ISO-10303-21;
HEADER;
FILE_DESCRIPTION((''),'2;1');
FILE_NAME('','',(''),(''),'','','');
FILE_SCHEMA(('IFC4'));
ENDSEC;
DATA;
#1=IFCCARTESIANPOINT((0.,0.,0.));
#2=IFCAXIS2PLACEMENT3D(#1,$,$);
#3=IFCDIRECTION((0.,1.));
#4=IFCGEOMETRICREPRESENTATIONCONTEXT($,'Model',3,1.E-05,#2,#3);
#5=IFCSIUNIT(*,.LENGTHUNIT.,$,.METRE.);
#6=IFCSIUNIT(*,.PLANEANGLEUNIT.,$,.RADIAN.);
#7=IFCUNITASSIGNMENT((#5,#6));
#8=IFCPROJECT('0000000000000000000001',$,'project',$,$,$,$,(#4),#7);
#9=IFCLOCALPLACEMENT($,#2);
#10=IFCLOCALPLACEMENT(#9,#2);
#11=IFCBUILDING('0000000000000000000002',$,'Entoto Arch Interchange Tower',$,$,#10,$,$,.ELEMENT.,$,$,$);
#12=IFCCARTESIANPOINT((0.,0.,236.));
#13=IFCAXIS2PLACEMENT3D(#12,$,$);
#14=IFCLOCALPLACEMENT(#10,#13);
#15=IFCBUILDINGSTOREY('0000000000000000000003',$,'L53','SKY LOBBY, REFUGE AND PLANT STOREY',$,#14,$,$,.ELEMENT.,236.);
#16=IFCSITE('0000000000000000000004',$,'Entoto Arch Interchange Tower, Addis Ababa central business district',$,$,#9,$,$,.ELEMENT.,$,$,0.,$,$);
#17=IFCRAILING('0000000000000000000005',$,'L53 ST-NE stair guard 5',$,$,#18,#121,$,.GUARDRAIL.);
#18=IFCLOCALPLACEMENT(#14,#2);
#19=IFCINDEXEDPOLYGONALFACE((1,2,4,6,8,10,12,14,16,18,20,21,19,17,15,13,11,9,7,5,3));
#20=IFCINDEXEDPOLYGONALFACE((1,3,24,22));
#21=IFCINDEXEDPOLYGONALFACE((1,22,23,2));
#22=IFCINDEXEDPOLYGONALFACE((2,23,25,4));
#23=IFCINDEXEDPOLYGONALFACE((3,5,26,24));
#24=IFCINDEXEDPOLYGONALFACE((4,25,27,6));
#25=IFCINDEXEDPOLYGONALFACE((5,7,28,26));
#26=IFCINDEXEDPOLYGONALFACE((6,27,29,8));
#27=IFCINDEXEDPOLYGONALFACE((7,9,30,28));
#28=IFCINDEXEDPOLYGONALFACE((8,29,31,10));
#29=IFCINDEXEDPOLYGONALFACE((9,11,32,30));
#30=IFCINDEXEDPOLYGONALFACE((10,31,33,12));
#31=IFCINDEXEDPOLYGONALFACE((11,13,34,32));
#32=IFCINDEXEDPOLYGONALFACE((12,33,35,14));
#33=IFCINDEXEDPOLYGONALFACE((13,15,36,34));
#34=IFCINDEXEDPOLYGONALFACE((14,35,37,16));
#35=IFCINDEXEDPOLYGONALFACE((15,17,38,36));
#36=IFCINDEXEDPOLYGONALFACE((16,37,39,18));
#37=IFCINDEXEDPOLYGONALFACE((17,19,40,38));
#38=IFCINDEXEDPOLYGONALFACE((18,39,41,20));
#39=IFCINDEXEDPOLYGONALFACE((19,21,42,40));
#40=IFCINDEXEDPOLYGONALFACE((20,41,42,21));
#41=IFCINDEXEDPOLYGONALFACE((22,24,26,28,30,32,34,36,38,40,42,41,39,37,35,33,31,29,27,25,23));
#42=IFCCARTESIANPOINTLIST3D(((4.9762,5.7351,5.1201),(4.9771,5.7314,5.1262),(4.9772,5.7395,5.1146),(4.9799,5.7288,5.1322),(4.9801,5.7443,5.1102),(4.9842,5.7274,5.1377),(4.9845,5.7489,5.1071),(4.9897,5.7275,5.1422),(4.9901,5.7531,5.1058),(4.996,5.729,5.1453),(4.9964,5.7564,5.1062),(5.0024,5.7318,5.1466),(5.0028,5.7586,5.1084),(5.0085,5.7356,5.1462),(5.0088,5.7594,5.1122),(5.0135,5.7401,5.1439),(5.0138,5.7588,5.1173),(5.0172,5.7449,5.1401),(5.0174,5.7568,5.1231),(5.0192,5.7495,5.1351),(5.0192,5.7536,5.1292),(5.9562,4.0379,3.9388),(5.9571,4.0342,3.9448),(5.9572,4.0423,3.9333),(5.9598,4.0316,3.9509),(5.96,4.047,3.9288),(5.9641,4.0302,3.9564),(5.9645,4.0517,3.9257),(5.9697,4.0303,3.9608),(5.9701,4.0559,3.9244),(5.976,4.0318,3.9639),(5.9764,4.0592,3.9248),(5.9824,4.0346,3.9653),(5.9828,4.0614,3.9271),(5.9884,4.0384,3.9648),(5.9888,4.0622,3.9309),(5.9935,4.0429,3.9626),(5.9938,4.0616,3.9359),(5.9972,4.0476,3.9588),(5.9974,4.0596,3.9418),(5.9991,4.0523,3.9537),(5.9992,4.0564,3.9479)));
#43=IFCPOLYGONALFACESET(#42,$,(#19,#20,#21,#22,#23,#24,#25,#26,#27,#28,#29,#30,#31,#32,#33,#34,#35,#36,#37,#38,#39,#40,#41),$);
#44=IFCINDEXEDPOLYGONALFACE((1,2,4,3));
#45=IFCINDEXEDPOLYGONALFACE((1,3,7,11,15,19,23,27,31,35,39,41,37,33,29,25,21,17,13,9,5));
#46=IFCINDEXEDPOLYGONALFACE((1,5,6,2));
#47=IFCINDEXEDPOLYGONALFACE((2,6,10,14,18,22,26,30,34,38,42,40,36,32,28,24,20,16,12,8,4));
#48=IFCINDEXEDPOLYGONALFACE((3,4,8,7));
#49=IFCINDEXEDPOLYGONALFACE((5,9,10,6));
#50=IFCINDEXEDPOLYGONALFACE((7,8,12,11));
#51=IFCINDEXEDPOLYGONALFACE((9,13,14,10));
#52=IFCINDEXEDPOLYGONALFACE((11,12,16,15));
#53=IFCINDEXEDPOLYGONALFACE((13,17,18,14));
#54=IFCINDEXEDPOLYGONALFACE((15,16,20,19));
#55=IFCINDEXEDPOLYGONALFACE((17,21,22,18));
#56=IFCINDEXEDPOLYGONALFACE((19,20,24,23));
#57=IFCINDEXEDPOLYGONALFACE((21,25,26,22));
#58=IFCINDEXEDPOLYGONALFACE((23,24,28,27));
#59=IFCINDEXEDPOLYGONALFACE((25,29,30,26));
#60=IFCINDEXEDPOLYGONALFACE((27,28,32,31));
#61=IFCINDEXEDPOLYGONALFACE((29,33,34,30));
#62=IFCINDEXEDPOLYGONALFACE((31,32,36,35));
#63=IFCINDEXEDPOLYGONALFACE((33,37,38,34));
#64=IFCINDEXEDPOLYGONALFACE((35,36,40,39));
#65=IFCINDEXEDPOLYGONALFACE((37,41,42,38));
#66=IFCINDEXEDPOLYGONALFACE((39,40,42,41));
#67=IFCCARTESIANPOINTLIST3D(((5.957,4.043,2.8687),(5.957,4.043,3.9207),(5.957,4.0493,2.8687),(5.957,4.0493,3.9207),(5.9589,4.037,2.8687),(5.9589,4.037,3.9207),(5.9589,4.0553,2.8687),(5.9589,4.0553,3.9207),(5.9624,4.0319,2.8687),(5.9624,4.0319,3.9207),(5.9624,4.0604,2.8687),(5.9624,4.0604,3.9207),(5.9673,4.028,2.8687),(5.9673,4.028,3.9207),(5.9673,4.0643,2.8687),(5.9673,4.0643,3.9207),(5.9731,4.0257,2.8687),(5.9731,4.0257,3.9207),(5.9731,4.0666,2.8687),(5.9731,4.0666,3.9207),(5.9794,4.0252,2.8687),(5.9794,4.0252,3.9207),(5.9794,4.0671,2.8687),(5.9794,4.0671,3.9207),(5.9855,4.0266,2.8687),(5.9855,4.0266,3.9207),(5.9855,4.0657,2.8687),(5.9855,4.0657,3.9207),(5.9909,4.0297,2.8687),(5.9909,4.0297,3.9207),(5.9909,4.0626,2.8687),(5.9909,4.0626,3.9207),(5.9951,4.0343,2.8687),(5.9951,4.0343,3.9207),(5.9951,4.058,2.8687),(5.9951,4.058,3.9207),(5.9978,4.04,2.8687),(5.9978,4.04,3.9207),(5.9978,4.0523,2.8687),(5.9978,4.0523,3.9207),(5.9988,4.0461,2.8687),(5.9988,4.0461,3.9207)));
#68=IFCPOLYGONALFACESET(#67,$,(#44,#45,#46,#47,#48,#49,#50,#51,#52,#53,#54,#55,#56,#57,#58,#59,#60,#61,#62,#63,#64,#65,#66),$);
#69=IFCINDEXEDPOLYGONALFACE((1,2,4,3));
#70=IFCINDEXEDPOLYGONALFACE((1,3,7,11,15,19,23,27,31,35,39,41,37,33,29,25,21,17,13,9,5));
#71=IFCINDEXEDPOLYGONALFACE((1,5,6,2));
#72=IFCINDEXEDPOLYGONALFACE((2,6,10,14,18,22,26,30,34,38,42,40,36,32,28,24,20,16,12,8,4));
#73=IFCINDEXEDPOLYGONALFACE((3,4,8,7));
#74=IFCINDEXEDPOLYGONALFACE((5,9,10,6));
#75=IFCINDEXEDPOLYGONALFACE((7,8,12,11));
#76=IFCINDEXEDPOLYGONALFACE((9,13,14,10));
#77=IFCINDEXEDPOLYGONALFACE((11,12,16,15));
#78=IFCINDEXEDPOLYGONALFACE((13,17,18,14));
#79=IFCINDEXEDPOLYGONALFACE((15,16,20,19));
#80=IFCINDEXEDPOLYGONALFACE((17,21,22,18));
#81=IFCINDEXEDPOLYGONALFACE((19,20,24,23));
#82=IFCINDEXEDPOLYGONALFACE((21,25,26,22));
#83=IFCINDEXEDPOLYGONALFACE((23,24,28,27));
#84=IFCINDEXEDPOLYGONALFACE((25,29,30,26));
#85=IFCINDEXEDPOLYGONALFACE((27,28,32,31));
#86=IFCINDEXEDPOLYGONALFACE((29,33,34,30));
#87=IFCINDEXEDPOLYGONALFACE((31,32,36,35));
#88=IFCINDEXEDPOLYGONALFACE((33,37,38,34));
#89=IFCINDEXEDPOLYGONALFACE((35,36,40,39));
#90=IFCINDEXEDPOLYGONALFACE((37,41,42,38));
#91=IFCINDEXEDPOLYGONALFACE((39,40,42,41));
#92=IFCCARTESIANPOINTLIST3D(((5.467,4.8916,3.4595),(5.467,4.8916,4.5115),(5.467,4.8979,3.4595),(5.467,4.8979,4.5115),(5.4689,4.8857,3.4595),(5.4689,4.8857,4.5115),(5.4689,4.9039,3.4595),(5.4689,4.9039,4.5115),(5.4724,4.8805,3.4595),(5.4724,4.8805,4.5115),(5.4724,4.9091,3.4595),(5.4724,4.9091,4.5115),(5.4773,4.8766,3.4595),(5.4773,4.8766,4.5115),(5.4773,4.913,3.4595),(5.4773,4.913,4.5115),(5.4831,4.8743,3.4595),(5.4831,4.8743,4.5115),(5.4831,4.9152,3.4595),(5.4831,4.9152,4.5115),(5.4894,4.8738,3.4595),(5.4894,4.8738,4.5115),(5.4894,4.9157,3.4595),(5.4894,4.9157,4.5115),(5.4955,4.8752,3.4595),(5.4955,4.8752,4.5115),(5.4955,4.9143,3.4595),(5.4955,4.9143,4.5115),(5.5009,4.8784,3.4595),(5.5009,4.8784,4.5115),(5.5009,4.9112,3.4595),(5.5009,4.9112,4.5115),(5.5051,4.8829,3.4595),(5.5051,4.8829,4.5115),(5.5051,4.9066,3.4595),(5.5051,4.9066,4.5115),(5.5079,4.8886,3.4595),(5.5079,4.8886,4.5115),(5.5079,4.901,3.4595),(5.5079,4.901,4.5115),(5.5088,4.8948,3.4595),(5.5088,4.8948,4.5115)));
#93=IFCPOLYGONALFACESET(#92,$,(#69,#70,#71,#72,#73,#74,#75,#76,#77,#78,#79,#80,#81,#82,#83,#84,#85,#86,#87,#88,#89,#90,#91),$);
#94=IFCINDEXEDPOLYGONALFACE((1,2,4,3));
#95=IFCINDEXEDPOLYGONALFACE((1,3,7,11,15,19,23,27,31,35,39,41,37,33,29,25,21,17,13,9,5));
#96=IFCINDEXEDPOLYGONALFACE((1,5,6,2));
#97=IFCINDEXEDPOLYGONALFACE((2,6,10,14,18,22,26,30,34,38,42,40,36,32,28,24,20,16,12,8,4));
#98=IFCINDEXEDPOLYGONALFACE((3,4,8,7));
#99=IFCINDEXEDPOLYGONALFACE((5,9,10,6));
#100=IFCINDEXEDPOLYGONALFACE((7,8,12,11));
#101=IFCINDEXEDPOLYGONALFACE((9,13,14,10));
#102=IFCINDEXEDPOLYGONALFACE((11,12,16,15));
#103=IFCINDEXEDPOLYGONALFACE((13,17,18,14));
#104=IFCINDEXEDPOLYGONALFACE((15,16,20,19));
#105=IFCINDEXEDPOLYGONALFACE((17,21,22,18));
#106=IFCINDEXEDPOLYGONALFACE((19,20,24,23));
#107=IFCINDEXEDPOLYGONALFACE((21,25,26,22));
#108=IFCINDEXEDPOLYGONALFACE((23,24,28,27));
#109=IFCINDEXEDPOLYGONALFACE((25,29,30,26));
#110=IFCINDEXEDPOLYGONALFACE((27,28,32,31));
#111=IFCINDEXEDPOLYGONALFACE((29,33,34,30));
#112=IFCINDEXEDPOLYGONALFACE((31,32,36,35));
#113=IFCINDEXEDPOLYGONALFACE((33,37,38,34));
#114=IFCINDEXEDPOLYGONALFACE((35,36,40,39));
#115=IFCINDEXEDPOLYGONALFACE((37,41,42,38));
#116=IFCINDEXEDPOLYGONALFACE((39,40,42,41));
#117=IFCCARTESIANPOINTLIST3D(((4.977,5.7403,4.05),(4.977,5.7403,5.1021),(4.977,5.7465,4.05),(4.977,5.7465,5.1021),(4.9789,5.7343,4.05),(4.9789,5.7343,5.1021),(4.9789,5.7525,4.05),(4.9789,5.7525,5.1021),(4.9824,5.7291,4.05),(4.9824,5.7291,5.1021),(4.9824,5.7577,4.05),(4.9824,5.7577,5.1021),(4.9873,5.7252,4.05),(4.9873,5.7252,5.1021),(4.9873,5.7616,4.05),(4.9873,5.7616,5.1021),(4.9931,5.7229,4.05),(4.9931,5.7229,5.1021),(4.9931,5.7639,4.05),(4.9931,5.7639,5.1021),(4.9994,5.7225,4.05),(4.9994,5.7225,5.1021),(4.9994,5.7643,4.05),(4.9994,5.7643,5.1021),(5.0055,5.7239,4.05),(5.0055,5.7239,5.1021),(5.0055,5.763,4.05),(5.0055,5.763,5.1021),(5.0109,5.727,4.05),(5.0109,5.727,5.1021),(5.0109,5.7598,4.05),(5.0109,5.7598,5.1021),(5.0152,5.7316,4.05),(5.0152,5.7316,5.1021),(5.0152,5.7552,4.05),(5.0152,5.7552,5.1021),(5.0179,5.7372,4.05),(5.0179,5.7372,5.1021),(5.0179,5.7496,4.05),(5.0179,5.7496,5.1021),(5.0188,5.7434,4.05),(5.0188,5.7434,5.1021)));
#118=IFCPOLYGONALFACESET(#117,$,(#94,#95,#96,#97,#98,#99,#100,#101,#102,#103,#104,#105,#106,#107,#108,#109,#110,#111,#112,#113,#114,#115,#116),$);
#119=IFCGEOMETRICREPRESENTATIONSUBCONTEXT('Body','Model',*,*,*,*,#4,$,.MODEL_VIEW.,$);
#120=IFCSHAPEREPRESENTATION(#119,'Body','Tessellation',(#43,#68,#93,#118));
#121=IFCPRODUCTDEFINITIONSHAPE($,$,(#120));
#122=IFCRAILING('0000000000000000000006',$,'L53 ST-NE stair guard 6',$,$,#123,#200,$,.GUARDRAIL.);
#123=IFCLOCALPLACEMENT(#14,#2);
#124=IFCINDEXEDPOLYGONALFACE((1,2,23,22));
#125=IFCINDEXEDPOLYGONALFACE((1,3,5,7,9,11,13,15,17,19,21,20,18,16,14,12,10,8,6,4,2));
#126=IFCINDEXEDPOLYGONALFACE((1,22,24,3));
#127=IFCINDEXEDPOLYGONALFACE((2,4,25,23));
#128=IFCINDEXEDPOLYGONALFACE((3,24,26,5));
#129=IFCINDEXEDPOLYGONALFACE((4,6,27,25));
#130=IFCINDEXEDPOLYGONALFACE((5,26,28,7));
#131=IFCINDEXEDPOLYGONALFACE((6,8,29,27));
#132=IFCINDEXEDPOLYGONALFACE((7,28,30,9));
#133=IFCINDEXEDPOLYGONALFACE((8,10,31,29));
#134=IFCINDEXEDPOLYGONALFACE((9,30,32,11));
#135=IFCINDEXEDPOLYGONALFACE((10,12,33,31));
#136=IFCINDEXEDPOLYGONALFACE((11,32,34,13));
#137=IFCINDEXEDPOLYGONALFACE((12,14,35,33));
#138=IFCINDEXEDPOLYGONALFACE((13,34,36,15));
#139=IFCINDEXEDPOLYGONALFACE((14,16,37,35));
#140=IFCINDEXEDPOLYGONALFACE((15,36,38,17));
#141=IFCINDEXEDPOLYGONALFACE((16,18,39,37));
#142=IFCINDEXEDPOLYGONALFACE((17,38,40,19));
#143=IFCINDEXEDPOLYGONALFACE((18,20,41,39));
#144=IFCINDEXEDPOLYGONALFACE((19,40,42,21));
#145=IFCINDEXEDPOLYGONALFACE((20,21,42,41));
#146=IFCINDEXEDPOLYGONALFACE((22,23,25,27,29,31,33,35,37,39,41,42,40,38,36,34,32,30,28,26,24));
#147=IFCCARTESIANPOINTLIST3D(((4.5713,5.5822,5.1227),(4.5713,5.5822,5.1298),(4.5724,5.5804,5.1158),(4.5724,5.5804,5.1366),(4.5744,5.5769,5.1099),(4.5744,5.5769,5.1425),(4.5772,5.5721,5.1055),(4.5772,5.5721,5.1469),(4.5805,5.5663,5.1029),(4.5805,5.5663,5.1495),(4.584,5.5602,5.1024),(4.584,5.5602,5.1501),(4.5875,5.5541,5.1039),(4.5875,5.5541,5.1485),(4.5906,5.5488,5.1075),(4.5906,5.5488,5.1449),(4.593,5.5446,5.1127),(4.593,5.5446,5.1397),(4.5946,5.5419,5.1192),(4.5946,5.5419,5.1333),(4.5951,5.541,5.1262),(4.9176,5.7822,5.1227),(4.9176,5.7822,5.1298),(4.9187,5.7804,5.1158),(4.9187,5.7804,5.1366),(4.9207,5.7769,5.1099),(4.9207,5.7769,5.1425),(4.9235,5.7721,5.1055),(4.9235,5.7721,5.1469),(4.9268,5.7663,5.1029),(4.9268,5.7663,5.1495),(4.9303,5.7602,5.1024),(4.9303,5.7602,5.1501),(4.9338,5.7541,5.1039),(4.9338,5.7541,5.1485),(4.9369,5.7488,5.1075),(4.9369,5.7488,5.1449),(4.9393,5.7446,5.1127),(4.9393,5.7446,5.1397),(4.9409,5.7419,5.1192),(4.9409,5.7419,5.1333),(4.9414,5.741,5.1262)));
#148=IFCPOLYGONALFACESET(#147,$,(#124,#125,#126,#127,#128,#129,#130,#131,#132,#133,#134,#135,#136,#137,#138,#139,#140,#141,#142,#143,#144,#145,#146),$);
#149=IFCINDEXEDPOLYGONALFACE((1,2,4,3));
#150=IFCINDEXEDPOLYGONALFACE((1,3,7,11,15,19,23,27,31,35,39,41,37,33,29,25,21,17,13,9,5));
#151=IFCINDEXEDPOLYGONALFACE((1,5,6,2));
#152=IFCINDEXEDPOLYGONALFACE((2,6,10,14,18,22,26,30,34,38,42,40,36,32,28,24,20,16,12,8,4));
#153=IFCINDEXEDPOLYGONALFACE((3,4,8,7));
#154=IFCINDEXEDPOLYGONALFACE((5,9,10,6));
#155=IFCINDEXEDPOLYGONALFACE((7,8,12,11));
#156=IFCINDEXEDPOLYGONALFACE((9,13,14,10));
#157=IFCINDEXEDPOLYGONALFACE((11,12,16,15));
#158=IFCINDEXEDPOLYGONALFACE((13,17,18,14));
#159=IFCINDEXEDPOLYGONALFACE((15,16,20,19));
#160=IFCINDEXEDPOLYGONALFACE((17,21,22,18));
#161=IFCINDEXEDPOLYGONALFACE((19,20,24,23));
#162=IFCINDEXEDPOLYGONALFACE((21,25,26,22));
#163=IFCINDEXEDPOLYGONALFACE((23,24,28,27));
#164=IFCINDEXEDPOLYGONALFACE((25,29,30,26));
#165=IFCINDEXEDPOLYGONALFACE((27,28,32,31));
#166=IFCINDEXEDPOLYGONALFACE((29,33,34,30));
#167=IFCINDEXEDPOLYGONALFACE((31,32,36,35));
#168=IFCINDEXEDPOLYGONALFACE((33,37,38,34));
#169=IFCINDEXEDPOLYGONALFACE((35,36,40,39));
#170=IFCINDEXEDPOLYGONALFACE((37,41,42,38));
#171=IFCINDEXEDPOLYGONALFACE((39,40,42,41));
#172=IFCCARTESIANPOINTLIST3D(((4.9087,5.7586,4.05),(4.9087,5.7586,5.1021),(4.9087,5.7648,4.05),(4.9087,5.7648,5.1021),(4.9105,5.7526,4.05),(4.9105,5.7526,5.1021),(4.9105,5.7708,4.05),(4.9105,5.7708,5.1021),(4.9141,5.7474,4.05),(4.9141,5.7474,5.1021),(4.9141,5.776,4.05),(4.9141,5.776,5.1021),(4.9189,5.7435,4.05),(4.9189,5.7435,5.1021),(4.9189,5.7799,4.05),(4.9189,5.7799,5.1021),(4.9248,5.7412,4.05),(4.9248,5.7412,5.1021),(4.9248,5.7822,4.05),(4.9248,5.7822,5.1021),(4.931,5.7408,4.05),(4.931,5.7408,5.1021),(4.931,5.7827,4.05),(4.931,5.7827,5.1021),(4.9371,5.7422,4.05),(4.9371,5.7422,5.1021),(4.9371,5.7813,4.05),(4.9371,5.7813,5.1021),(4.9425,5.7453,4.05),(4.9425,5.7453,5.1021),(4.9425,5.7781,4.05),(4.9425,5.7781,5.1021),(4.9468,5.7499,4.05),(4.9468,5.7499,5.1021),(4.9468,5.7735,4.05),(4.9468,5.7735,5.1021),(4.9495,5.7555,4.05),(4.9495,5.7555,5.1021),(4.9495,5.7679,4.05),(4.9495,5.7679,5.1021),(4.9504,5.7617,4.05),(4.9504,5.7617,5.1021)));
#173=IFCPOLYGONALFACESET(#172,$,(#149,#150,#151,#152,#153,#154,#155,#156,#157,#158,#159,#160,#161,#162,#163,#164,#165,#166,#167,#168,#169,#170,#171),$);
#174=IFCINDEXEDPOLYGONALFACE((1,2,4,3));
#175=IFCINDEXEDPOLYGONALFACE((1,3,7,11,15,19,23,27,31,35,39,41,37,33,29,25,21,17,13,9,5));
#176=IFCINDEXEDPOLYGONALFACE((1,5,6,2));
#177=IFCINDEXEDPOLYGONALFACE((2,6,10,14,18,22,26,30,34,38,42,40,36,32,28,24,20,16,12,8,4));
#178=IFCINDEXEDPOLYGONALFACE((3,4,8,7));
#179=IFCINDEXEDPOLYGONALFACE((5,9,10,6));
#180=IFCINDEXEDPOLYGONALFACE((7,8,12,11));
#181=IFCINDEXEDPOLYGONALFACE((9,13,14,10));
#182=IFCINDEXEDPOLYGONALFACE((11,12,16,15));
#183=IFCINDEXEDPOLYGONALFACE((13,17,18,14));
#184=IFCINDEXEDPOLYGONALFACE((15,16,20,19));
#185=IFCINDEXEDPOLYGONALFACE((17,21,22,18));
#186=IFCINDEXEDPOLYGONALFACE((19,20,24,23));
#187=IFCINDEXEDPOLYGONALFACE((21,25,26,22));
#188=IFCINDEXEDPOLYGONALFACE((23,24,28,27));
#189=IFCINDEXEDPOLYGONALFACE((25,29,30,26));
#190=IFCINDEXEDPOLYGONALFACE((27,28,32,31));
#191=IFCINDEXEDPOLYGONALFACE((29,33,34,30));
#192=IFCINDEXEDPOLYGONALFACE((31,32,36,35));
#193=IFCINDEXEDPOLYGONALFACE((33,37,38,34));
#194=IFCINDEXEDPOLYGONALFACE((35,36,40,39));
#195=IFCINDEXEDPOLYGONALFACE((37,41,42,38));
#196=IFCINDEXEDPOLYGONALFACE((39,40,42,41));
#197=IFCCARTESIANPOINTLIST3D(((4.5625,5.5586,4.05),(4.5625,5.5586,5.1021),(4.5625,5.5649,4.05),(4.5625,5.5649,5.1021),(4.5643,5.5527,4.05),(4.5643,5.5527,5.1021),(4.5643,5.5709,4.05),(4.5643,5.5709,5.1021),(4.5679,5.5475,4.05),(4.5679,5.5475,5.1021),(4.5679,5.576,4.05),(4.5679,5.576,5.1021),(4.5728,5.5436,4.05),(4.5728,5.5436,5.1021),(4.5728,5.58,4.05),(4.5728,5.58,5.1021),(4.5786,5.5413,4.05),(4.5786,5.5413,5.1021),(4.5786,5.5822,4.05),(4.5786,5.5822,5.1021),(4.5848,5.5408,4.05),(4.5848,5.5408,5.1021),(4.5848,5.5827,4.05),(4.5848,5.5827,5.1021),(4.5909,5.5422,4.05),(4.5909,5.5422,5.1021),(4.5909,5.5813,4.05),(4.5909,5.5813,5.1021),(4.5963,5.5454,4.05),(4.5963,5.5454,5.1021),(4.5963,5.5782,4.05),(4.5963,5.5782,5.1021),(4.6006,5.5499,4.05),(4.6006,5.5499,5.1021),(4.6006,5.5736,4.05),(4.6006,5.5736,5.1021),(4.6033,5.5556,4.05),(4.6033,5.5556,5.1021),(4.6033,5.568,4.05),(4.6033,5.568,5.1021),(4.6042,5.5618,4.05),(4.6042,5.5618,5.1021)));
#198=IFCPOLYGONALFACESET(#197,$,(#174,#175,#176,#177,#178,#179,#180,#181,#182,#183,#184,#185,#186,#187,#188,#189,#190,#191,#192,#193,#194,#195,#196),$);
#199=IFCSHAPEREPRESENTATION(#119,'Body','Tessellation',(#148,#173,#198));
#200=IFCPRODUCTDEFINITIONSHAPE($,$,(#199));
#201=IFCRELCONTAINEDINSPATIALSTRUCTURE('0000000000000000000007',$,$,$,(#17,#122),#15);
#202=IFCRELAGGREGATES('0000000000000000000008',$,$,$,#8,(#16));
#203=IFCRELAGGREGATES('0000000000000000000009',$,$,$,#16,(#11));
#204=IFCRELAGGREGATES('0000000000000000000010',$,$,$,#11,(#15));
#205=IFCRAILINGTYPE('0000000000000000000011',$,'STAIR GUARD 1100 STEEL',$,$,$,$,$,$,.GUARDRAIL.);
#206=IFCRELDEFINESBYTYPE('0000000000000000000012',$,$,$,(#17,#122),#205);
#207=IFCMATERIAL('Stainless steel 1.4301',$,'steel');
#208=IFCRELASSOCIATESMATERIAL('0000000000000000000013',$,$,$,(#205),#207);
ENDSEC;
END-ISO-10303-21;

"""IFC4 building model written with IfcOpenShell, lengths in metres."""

from ifc_helpers import new_model, si_unit, direction, frame, origin, origin_2d, place, context, subcontext, project, spatial, circle, extrude, material, type_object, element, save


model = new_model("IFC4")

# Units and contexts
model_context = context("Model", 3, precision=1e-05, world=origin(), true_north=direction((0.0, 1.0)))
body_context = subcontext(model_context, "Body", "Model", "MODEL_VIEW")
ifc_project = project(units=[si_unit("LENGTHUNIT", "METRE"), si_unit("PLANEANGLEUNIT", "RADIAN")], contexts=[model_context])

# Site, building, storey
site_placement = place(None, origin())
site = spatial("IfcSite", under=ifc_project, at=site_placement, Name="Entoto Arch Interchange Tower, Addis Ababa central business district", CompositionType="ELEMENT", RefElevation=0.0)
building_placement = place(site_placement, origin())
building = spatial("IfcBuilding", under=site, at=building_placement, Name="Entoto Arch Interchange Tower", CompositionType="ELEMENT")
storey_placement = place(building_placement, frame((0.0, 0.0, 236.0)))
storey = spatial("IfcBuildingStorey", under=building, at=storey_placement, Name="L53", Description="SKY LOBBY, REFUGE AND PLANT STOREY", CompositionType="ELEMENT", Elevation=236.0)

# Railings
ifc_material_1 = material(Name="Stainless steel 1.4301", Category="steel")
railing_type_1 = type_object("IfcRailingType", Name="STAIR GUARD 1100 STEEL", PredefinedType="GUARDRAIL", material=ifc_material_1)
railing_1_placement = place(storey_placement, frame((5.9778, 4.0461, 2.8687)))
element("IfcRailing", 1, at=railing_1_placement, inside=storey, type_object=railing_type_1, Name="L53 ST-NE stair guard 5", PredefinedType="GUARDRAIL", context=body_context, shape_type="SweptSolid", body=[
    extrude(circle(Radius=0.0239, at=origin_2d()), frame((0.0, 0.0, 1.0762), z_axis=(-0.428238, 0.741683, 0.516255), x_axis=(-0.866011, -0.500024, 0.0)), (0.0, 0.0, 1.0), 2.2883),
    extrude(circle(Radius=0.021, at=origin_2d()), origin(), (0.0, 0.0, 1.0), 1.052),
    extrude(circle(Radius=0.021, at=origin_2d()), frame((-0.49, 0.8486, 0.5908)), (0.0, 0.0, 1.0), 1.052),
    extrude(circle(Radius=0.021, at=origin_2d()), frame((-0.98, 1.6973, 1.1814)), (0.0, 0.0, 1.0), 1.052),
])
railing_2_placement = place(storey_placement, frame((4.9294, 5.7617, 4.05)))
element("IfcRailing", 2, at=railing_2_placement, inside=storey, type_object=railing_type_1, Name="L53 ST-NE stair guard 6", PredefinedType="GUARDRAIL", context=body_context, shape_type="SweptSolid", body=[
    extrude(circle(Radius=0.0239, at=origin_2d()), frame((0.0, 0.0, 1.0762), z_axis=(-0.865941, -0.500145, 0.0), x_axis=(0.500145, -0.865941, 0.0)), (0.0, 0.0, 1.0), 0.3999),
    extrude(circle(Radius=0.021, at=origin_2d()), origin(), (0.0, 0.0, 1.0), 1.052),
    extrude(circle(Radius=0.021, at=origin_2d()), frame((-0.3462, -0.2, 0.0)), (0.0, 0.0, 1.0), 1.052),
])

save(model, "model.ifc")
